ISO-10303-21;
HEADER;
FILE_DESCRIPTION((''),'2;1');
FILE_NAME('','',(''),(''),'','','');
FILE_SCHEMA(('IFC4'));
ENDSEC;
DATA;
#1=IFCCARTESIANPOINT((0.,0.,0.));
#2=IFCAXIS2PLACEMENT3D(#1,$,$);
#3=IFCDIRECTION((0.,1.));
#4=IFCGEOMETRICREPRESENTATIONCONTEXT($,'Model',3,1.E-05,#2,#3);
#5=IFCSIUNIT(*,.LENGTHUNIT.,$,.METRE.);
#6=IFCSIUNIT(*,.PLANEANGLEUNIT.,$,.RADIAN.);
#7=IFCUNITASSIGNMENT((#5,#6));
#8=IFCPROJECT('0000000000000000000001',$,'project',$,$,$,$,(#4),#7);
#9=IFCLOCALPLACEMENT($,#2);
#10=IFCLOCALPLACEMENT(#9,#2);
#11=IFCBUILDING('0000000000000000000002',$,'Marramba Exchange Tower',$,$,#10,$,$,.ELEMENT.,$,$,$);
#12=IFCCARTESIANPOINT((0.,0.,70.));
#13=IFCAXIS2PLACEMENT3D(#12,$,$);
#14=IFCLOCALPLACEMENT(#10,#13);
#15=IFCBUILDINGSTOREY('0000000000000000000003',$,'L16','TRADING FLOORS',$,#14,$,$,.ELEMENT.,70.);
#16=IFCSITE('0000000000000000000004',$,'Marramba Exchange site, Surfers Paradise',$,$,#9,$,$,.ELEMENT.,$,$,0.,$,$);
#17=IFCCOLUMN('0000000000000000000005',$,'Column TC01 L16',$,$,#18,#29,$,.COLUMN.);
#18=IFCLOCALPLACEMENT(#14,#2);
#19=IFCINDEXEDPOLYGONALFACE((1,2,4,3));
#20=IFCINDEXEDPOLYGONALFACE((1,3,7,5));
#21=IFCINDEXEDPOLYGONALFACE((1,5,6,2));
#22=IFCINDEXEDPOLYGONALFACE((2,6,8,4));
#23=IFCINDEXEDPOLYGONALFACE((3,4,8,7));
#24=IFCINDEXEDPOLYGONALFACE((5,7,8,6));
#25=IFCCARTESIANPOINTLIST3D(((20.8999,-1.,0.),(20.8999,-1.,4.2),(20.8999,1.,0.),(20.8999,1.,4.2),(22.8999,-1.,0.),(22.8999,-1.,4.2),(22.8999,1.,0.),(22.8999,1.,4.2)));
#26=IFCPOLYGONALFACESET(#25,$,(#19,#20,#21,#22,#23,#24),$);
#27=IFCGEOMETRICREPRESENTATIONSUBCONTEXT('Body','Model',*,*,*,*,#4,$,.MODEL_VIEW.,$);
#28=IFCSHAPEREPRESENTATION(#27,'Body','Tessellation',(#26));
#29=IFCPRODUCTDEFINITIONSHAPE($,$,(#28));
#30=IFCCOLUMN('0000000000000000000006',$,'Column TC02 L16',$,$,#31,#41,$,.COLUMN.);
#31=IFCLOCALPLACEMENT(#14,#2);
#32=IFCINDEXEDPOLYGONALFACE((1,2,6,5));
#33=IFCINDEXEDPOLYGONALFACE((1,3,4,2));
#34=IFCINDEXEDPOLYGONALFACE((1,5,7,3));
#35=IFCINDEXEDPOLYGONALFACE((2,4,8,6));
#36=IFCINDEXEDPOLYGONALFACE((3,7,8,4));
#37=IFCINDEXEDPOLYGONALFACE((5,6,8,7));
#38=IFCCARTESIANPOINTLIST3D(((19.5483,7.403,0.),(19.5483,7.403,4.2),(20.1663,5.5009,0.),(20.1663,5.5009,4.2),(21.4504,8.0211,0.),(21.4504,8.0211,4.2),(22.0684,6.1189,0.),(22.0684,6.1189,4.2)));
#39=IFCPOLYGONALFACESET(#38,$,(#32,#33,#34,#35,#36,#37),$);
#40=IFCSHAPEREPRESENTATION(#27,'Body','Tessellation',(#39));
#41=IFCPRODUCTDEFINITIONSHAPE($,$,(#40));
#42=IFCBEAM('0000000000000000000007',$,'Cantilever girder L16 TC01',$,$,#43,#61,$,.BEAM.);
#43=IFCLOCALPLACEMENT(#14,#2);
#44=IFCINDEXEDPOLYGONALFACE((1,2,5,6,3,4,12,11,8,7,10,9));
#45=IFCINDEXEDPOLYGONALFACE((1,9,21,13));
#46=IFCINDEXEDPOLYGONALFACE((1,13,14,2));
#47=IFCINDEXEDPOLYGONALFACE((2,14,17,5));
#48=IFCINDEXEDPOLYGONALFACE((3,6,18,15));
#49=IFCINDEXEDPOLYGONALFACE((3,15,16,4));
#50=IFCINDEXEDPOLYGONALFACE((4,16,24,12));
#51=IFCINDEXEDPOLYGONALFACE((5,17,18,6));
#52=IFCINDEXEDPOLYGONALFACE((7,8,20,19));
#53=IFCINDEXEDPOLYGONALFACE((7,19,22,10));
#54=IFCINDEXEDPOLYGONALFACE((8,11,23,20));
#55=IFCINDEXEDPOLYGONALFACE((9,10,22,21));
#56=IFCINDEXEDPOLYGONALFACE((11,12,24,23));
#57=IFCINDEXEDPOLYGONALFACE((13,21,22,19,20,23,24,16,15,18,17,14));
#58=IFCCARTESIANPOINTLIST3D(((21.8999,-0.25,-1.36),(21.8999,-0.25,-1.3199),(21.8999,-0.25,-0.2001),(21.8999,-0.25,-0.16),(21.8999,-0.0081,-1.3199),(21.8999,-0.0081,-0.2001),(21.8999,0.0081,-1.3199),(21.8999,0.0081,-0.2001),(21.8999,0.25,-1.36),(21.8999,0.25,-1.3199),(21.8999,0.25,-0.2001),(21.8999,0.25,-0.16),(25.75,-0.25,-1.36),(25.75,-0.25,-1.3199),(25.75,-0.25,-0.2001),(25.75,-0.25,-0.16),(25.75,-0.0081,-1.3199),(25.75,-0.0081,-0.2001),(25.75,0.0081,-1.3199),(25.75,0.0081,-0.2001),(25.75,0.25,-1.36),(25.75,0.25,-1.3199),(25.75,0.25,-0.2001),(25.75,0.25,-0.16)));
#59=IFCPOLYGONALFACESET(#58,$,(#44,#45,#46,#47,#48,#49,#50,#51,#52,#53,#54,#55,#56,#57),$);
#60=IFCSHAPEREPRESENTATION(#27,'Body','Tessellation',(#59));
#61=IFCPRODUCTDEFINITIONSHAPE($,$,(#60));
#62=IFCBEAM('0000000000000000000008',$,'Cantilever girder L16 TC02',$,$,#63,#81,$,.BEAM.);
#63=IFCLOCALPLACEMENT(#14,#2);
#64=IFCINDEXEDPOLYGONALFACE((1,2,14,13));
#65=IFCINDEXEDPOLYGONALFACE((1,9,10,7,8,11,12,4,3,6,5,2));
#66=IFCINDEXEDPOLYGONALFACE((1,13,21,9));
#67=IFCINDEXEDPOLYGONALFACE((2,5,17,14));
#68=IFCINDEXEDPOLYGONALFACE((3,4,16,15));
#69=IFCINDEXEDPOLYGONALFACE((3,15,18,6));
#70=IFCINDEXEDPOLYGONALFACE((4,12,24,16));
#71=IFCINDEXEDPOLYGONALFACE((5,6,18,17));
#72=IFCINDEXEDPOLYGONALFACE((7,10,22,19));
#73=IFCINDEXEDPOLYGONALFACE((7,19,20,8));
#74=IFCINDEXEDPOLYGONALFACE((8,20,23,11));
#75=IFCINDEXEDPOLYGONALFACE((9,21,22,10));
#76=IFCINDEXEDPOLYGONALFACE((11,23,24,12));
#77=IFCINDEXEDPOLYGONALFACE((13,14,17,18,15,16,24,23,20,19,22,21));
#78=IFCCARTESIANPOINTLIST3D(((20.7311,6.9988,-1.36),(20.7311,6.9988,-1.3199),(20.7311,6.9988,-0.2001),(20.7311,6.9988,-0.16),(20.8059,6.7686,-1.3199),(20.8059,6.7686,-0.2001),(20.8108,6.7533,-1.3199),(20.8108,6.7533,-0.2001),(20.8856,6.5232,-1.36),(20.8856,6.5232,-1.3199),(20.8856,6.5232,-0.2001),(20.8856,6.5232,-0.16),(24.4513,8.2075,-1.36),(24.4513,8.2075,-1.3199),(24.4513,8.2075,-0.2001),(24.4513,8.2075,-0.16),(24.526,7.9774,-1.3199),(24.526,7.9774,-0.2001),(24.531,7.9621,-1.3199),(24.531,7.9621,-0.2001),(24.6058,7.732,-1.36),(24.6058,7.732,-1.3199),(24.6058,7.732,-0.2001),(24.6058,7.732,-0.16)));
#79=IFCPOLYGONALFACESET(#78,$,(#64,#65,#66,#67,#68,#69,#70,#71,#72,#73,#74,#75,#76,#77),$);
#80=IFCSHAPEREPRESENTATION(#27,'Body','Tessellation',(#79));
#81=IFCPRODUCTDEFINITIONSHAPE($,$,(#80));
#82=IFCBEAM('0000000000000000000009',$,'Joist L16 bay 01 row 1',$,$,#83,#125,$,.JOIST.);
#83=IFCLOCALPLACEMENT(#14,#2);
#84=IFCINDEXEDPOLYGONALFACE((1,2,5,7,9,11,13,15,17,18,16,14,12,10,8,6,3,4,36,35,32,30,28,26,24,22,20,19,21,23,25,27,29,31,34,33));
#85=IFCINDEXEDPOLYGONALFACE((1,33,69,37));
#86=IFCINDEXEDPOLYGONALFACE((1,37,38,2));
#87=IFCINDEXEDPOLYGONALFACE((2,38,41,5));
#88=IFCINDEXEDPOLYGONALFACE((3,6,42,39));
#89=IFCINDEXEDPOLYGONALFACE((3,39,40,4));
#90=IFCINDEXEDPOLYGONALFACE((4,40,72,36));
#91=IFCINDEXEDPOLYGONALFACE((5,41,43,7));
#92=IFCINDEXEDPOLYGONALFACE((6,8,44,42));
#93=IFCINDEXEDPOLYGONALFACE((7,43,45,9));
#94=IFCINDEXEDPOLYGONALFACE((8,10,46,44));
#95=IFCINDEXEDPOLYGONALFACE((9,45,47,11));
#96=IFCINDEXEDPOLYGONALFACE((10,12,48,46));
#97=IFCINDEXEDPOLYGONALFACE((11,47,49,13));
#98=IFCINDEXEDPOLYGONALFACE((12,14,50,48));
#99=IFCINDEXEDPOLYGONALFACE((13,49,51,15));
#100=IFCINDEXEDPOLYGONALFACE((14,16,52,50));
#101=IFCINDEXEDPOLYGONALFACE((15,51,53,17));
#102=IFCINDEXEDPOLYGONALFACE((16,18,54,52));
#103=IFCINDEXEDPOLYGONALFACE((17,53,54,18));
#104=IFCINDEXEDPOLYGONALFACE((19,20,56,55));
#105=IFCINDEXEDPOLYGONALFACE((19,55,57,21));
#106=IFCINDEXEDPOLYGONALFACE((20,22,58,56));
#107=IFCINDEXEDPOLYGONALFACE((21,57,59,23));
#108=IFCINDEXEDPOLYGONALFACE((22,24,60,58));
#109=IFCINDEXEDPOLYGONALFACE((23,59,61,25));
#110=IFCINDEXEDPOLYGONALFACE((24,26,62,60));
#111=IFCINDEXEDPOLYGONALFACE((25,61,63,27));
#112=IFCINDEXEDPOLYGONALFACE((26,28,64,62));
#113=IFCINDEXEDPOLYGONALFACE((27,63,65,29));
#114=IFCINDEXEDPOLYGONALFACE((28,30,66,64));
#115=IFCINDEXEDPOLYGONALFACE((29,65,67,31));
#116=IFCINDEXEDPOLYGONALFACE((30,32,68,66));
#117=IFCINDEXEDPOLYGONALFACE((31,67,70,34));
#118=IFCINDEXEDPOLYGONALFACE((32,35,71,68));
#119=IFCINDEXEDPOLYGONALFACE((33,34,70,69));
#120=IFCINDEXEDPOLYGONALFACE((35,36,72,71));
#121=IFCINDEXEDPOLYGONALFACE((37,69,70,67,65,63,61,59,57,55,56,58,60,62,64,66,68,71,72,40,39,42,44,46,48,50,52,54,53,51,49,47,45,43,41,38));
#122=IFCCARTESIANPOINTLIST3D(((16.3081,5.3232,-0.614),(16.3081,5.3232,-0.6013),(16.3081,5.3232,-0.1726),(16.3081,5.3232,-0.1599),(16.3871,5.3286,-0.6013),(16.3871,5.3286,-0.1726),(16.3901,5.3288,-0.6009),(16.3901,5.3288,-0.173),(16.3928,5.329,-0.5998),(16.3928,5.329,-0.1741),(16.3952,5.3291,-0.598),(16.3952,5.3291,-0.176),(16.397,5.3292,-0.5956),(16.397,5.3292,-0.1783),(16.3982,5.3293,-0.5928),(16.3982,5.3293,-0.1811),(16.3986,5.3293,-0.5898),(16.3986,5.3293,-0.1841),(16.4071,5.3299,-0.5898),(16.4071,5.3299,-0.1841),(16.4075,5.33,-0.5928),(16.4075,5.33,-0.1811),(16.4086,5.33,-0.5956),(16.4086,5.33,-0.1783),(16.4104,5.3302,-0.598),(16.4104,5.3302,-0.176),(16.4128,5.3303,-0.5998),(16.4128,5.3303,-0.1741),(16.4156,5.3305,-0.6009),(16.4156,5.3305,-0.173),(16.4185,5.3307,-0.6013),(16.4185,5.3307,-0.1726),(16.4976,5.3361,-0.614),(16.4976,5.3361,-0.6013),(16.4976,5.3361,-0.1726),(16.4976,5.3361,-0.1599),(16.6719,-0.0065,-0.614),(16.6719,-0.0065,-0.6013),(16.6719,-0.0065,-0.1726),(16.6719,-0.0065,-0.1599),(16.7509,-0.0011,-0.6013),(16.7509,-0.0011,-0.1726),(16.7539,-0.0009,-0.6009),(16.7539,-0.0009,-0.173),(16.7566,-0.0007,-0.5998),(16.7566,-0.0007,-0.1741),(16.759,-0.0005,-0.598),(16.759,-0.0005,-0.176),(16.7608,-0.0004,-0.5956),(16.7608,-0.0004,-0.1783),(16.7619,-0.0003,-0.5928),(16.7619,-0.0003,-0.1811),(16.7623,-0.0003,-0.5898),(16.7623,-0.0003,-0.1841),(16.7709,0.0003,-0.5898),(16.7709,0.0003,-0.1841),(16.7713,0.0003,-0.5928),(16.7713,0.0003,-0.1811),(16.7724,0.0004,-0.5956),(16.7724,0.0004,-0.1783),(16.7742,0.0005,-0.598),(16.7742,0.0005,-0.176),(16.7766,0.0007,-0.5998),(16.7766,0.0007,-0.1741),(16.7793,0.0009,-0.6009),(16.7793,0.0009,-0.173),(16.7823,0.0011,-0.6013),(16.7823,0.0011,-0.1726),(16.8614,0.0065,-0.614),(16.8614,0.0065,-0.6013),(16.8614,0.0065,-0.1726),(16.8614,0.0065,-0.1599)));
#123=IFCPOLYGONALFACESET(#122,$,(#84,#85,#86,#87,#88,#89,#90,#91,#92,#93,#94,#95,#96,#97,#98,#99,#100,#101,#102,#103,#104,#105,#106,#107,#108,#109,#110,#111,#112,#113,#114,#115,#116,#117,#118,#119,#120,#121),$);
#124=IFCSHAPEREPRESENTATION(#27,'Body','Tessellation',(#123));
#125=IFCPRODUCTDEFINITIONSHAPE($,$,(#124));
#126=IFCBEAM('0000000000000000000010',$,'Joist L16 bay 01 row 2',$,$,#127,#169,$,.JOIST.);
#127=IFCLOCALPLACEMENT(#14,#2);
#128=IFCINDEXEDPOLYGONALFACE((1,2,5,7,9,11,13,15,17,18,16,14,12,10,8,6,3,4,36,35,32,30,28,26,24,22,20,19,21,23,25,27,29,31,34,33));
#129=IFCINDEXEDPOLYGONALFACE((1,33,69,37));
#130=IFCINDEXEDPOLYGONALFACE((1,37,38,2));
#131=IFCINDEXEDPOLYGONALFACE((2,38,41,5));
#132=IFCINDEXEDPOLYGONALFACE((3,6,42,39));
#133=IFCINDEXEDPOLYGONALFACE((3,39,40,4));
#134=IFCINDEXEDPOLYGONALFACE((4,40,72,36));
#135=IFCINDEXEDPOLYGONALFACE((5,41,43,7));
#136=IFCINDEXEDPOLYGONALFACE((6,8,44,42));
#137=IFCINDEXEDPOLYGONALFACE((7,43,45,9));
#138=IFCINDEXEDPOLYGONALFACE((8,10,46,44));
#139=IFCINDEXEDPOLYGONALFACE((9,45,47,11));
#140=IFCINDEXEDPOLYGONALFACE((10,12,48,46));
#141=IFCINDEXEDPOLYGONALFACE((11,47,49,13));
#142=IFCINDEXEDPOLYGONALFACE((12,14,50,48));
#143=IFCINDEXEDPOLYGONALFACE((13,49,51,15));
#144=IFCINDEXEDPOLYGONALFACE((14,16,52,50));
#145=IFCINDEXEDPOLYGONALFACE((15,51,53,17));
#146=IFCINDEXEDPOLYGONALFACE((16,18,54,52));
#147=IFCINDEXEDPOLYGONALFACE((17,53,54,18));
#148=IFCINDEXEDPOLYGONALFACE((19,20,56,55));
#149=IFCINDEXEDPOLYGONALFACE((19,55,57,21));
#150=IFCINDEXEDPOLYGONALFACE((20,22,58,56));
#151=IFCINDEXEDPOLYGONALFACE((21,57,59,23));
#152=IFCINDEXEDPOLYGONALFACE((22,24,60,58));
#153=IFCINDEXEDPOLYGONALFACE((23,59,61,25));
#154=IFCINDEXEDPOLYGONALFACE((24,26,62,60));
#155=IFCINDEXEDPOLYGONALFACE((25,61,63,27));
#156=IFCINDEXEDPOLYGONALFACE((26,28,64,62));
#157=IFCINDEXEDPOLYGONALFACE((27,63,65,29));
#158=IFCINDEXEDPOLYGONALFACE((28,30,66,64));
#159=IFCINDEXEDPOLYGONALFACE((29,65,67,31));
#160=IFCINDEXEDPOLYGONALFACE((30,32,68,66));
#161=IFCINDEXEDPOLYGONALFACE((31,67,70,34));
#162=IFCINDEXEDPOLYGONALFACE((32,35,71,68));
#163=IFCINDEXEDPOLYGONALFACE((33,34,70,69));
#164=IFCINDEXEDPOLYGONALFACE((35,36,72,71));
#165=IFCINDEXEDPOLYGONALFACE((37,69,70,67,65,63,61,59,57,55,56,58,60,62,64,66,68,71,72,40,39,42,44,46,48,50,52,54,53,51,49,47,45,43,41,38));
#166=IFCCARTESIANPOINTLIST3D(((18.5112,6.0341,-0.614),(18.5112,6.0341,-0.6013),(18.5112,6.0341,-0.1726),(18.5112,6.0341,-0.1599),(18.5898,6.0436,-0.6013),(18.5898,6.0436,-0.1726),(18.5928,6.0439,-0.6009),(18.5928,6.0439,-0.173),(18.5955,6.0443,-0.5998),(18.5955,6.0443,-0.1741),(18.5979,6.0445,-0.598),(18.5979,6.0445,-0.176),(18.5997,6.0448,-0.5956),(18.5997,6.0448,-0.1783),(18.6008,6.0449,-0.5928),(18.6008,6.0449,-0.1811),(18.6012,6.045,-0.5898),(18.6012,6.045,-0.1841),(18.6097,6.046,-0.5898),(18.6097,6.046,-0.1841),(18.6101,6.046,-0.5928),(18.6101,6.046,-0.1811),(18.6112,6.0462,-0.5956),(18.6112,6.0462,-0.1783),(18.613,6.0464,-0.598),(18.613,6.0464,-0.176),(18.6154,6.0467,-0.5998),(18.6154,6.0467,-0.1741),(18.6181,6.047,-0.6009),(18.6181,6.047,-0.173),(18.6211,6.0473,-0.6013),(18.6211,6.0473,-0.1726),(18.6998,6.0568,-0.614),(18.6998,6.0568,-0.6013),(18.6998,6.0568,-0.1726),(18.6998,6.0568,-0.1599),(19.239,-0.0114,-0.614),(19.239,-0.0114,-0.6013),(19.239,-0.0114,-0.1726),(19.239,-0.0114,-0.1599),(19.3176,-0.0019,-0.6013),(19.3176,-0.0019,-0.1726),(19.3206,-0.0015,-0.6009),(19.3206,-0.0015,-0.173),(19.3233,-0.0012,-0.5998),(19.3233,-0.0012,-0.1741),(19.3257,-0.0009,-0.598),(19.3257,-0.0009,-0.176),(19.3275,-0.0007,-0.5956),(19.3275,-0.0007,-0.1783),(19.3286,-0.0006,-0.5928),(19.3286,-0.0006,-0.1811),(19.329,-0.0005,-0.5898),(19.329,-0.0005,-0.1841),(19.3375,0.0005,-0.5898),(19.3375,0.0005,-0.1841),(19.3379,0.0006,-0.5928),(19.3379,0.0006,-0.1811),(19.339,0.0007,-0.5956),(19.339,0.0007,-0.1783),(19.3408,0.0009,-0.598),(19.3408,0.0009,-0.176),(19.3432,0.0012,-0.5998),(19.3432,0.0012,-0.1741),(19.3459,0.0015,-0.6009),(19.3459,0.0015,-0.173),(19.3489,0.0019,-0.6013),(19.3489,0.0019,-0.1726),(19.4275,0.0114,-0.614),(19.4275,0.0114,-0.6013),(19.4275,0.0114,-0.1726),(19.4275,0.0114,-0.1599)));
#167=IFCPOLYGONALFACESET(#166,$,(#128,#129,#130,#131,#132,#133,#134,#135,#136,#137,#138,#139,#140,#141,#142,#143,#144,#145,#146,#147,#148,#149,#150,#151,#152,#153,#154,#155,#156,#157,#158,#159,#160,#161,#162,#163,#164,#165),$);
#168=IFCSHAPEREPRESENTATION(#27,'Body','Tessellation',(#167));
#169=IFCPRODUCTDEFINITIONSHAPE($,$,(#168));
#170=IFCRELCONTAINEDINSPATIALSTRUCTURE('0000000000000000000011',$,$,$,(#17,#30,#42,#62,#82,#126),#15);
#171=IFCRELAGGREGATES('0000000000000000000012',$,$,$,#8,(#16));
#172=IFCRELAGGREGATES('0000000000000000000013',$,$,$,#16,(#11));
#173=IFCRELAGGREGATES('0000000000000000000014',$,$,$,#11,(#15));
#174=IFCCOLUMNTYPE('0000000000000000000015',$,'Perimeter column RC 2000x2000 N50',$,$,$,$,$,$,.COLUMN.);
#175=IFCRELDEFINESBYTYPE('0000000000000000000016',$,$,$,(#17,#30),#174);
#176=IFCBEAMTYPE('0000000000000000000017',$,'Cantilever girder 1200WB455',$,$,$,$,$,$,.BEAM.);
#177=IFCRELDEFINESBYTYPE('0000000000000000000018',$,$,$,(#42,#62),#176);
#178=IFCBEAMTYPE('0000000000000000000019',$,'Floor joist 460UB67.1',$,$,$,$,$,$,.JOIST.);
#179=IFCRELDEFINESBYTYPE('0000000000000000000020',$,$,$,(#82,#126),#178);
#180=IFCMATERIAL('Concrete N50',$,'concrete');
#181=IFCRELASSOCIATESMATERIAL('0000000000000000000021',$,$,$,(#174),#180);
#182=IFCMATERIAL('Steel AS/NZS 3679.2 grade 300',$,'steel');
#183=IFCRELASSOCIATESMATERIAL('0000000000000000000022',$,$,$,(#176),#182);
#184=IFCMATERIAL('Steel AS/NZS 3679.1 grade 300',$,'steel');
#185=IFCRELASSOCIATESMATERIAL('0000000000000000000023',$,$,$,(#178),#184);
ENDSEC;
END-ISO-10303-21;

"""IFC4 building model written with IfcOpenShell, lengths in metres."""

from ifc_helpers import new_model, si_unit, direction, frame, origin, origin_2d, place, context, subcontext, project, spatial, rectangle, i_section, extrude, material, material_profile, profile_set, type_object, element, save


model = new_model("IFC4")

# Units and contexts
model_context = context("Model", 3, precision=1e-05, world=origin(), true_north=direction((0.0, 1.0)))
body_context = subcontext(model_context, "Body", "Model", "MODEL_VIEW")
ifc_project = project(units=[si_unit("LENGTHUNIT", "METRE"), si_unit("PLANEANGLEUNIT", "RADIAN")], contexts=[model_context])

# Site, building, storey
site_placement = place(None, origin())
site = spatial("IfcSite", under=ifc_project, at=site_placement, Name="Marramba Exchange site, Surfers Paradise", CompositionType="ELEMENT", RefElevation=0.0)
building_placement = place(site_placement, origin())
building = spatial("IfcBuilding", under=site, at=building_placement, Name="Marramba Exchange Tower", CompositionType="ELEMENT")
storey_placement = place(building_placement, frame((0.0, 0.0, 70.0)))
storey = spatial("IfcBuildingStorey", under=building, at=storey_placement, Name="L16", Description="TRADING FLOORS", CompositionType="ELEMENT", Elevation=70.0)

# Columns
ifc_material_1 = material(Name="Concrete N50", Category="concrete")
ifc_material_profile_1 = material_profile(ifc_material_1, rectangle(XDim=2.0, YDim=2.0, at=origin_2d()), Name="RC 2000x2000")
ifc_profile_set_1 = profile_set([ifc_material_profile_1], Name="Concrete N50")
column_type = type_object("IfcColumnType", Name="Perimeter column RC 2000x2000 N50", PredefinedType="COLUMN", material=ifc_profile_set_1)
for number, where, z_axis, x_axis, name in (
    (1, (21.8999, 0.0, 0.0), (0.0, 0.0, 1.0), (1.0, 0.0, 0.0), "Column TC01 L16"),
    (2, (20.8083, 6.761, 0.0), (0.0, 0.0, 1.0), (0.951057, 0.309017, 0.0), "Column TC02 L16"),
):
    element("IfcColumn", number, at=place(storey_placement, frame(where, z_axis=z_axis, x_axis=x_axis)), inside=storey, type_object=column_type, Name=name, PredefinedType="COLUMN", context=body_context, shape_type="SweptSolid", body=[
        extrude(rectangle(XDim=2.0, YDim=2.0, at=origin_2d()), origin(), (0.0, 0.0, 1.0), 4.2),
    ])

# Beams
ifc_material_2 = material(Name="Steel AS/NZS 3679.2 grade 300", Category="steel")
ifc_material_profile_2 = material_profile(ifc_material_2, i_section(OverallWidth=0.5, OverallDepth=1.2, WebThickness=0.0161, FlangeThickness=0.04, at=origin_2d()), Name="1200WB455")
ifc_profile_set_2 = profile_set([ifc_material_profile_2], Name="Steel AS/NZS 3679.2 grade 300")
beam_type_1 = type_object("IfcBeamType", Name="Cantilever girder 1200WB455", PredefinedType="BEAM", material=ifc_profile_set_2)
beam_1_placement = place(storey_placement, frame((21.8999, 0.0, -0.76), z_axis=(1.0, 0.0, 0.0), x_axis=(0.0, 1.0, 0.0)))
element("IfcBeam", 3, at=beam_1_placement, inside=storey, type_object=beam_type_1, Name="Cantilever girder L16 TC01", PredefinedType="BEAM", context=body_context, shape_type="SweptSolid", body=[
    extrude(i_section(OverallWidth=0.5, OverallDepth=1.2, WebThickness=0.0161, FlangeThickness=0.04, at=origin_2d()), origin(), (0.0, 0.0, 1.0), 3.8501),
])
beam_2_placement = place(storey_placement, frame((20.8083, 6.761, -0.76), z_axis=(0.951059, 0.30901, 0.0), x_axis=(-0.30901, 0.951059, 0.0)))
element("IfcBeam", 4, at=beam_2_placement, inside=storey, type_object=beam_type_1, Name="Cantilever girder L16 TC02", PredefinedType="BEAM", context=body_context, shape_type="SweptSolid", body=[
    extrude(i_section(OverallWidth=0.5, OverallDepth=1.2, WebThickness=0.0161, FlangeThickness=0.04, at=origin_2d()), origin(), (0.0, 0.0, 1.0), 3.9116),
])
ifc_material_3 = material(Name="Steel AS/NZS 3679.1 grade 300", Category="steel")
ifc_material_profile_3 = material_profile(ifc_material_3, i_section(OverallWidth=0.1899, OverallDepth=0.4541, WebThickness=0.0085, FlangeThickness=0.0127, FilletRadius=0.0115, at=origin_2d()), Name="460UB67.1")
ifc_profile_set_3 = profile_set([ifc_material_profile_3], Name="Steel AS/NZS 3679.1 grade 300")
beam_type_2 = type_object("IfcBeamType", Name="Floor joist 460UB67.1", PredefinedType="JOIST", material=ifc_profile_set_3)
beam_3_placement = place(storey_placement, frame((16.7666, 0.0, -0.387), z_axis=(-0.068096, 0.997679, 0.0), x_axis=(-0.997679, -0.068096, 0.0)))
element("IfcBeam", 5, at=beam_3_placement, inside=storey, type_object=beam_type_2, Name="Joist L16 bay 01 row 1", PredefinedType="JOIST", context=body_context, shape_type="SweptSolid", body=[
    extrude(i_section(OverallWidth=0.1899, OverallDepth=0.4541, WebThickness=0.0085, FlangeThickness=0.0127, FilletRadius=0.0115, at=origin_2d()), origin(), (0.0, 0.0, 1.0), 5.342),
])
beam_4_placement = place(storey_placement, frame((19.3333, 0.0, -0.387), z_axis=(-0.119523, 0.992831, 0.0), x_axis=(-0.992831, -0.119523, 0.0)))
element("IfcBeam", 6, at=beam_4_placement, inside=storey, type_object=beam_type_2, Name="Joist L16 bay 01 row 2", PredefinedType="JOIST", context=body_context, shape_type="SweptSolid", body=[
    extrude(i_section(OverallWidth=0.1899, OverallDepth=0.4541, WebThickness=0.0085, FlangeThickness=0.0127, FilletRadius=0.0115, at=origin_2d()), origin(), (0.0, 0.0, 1.0), 6.0891),
])

save(model, "model.ifc")
